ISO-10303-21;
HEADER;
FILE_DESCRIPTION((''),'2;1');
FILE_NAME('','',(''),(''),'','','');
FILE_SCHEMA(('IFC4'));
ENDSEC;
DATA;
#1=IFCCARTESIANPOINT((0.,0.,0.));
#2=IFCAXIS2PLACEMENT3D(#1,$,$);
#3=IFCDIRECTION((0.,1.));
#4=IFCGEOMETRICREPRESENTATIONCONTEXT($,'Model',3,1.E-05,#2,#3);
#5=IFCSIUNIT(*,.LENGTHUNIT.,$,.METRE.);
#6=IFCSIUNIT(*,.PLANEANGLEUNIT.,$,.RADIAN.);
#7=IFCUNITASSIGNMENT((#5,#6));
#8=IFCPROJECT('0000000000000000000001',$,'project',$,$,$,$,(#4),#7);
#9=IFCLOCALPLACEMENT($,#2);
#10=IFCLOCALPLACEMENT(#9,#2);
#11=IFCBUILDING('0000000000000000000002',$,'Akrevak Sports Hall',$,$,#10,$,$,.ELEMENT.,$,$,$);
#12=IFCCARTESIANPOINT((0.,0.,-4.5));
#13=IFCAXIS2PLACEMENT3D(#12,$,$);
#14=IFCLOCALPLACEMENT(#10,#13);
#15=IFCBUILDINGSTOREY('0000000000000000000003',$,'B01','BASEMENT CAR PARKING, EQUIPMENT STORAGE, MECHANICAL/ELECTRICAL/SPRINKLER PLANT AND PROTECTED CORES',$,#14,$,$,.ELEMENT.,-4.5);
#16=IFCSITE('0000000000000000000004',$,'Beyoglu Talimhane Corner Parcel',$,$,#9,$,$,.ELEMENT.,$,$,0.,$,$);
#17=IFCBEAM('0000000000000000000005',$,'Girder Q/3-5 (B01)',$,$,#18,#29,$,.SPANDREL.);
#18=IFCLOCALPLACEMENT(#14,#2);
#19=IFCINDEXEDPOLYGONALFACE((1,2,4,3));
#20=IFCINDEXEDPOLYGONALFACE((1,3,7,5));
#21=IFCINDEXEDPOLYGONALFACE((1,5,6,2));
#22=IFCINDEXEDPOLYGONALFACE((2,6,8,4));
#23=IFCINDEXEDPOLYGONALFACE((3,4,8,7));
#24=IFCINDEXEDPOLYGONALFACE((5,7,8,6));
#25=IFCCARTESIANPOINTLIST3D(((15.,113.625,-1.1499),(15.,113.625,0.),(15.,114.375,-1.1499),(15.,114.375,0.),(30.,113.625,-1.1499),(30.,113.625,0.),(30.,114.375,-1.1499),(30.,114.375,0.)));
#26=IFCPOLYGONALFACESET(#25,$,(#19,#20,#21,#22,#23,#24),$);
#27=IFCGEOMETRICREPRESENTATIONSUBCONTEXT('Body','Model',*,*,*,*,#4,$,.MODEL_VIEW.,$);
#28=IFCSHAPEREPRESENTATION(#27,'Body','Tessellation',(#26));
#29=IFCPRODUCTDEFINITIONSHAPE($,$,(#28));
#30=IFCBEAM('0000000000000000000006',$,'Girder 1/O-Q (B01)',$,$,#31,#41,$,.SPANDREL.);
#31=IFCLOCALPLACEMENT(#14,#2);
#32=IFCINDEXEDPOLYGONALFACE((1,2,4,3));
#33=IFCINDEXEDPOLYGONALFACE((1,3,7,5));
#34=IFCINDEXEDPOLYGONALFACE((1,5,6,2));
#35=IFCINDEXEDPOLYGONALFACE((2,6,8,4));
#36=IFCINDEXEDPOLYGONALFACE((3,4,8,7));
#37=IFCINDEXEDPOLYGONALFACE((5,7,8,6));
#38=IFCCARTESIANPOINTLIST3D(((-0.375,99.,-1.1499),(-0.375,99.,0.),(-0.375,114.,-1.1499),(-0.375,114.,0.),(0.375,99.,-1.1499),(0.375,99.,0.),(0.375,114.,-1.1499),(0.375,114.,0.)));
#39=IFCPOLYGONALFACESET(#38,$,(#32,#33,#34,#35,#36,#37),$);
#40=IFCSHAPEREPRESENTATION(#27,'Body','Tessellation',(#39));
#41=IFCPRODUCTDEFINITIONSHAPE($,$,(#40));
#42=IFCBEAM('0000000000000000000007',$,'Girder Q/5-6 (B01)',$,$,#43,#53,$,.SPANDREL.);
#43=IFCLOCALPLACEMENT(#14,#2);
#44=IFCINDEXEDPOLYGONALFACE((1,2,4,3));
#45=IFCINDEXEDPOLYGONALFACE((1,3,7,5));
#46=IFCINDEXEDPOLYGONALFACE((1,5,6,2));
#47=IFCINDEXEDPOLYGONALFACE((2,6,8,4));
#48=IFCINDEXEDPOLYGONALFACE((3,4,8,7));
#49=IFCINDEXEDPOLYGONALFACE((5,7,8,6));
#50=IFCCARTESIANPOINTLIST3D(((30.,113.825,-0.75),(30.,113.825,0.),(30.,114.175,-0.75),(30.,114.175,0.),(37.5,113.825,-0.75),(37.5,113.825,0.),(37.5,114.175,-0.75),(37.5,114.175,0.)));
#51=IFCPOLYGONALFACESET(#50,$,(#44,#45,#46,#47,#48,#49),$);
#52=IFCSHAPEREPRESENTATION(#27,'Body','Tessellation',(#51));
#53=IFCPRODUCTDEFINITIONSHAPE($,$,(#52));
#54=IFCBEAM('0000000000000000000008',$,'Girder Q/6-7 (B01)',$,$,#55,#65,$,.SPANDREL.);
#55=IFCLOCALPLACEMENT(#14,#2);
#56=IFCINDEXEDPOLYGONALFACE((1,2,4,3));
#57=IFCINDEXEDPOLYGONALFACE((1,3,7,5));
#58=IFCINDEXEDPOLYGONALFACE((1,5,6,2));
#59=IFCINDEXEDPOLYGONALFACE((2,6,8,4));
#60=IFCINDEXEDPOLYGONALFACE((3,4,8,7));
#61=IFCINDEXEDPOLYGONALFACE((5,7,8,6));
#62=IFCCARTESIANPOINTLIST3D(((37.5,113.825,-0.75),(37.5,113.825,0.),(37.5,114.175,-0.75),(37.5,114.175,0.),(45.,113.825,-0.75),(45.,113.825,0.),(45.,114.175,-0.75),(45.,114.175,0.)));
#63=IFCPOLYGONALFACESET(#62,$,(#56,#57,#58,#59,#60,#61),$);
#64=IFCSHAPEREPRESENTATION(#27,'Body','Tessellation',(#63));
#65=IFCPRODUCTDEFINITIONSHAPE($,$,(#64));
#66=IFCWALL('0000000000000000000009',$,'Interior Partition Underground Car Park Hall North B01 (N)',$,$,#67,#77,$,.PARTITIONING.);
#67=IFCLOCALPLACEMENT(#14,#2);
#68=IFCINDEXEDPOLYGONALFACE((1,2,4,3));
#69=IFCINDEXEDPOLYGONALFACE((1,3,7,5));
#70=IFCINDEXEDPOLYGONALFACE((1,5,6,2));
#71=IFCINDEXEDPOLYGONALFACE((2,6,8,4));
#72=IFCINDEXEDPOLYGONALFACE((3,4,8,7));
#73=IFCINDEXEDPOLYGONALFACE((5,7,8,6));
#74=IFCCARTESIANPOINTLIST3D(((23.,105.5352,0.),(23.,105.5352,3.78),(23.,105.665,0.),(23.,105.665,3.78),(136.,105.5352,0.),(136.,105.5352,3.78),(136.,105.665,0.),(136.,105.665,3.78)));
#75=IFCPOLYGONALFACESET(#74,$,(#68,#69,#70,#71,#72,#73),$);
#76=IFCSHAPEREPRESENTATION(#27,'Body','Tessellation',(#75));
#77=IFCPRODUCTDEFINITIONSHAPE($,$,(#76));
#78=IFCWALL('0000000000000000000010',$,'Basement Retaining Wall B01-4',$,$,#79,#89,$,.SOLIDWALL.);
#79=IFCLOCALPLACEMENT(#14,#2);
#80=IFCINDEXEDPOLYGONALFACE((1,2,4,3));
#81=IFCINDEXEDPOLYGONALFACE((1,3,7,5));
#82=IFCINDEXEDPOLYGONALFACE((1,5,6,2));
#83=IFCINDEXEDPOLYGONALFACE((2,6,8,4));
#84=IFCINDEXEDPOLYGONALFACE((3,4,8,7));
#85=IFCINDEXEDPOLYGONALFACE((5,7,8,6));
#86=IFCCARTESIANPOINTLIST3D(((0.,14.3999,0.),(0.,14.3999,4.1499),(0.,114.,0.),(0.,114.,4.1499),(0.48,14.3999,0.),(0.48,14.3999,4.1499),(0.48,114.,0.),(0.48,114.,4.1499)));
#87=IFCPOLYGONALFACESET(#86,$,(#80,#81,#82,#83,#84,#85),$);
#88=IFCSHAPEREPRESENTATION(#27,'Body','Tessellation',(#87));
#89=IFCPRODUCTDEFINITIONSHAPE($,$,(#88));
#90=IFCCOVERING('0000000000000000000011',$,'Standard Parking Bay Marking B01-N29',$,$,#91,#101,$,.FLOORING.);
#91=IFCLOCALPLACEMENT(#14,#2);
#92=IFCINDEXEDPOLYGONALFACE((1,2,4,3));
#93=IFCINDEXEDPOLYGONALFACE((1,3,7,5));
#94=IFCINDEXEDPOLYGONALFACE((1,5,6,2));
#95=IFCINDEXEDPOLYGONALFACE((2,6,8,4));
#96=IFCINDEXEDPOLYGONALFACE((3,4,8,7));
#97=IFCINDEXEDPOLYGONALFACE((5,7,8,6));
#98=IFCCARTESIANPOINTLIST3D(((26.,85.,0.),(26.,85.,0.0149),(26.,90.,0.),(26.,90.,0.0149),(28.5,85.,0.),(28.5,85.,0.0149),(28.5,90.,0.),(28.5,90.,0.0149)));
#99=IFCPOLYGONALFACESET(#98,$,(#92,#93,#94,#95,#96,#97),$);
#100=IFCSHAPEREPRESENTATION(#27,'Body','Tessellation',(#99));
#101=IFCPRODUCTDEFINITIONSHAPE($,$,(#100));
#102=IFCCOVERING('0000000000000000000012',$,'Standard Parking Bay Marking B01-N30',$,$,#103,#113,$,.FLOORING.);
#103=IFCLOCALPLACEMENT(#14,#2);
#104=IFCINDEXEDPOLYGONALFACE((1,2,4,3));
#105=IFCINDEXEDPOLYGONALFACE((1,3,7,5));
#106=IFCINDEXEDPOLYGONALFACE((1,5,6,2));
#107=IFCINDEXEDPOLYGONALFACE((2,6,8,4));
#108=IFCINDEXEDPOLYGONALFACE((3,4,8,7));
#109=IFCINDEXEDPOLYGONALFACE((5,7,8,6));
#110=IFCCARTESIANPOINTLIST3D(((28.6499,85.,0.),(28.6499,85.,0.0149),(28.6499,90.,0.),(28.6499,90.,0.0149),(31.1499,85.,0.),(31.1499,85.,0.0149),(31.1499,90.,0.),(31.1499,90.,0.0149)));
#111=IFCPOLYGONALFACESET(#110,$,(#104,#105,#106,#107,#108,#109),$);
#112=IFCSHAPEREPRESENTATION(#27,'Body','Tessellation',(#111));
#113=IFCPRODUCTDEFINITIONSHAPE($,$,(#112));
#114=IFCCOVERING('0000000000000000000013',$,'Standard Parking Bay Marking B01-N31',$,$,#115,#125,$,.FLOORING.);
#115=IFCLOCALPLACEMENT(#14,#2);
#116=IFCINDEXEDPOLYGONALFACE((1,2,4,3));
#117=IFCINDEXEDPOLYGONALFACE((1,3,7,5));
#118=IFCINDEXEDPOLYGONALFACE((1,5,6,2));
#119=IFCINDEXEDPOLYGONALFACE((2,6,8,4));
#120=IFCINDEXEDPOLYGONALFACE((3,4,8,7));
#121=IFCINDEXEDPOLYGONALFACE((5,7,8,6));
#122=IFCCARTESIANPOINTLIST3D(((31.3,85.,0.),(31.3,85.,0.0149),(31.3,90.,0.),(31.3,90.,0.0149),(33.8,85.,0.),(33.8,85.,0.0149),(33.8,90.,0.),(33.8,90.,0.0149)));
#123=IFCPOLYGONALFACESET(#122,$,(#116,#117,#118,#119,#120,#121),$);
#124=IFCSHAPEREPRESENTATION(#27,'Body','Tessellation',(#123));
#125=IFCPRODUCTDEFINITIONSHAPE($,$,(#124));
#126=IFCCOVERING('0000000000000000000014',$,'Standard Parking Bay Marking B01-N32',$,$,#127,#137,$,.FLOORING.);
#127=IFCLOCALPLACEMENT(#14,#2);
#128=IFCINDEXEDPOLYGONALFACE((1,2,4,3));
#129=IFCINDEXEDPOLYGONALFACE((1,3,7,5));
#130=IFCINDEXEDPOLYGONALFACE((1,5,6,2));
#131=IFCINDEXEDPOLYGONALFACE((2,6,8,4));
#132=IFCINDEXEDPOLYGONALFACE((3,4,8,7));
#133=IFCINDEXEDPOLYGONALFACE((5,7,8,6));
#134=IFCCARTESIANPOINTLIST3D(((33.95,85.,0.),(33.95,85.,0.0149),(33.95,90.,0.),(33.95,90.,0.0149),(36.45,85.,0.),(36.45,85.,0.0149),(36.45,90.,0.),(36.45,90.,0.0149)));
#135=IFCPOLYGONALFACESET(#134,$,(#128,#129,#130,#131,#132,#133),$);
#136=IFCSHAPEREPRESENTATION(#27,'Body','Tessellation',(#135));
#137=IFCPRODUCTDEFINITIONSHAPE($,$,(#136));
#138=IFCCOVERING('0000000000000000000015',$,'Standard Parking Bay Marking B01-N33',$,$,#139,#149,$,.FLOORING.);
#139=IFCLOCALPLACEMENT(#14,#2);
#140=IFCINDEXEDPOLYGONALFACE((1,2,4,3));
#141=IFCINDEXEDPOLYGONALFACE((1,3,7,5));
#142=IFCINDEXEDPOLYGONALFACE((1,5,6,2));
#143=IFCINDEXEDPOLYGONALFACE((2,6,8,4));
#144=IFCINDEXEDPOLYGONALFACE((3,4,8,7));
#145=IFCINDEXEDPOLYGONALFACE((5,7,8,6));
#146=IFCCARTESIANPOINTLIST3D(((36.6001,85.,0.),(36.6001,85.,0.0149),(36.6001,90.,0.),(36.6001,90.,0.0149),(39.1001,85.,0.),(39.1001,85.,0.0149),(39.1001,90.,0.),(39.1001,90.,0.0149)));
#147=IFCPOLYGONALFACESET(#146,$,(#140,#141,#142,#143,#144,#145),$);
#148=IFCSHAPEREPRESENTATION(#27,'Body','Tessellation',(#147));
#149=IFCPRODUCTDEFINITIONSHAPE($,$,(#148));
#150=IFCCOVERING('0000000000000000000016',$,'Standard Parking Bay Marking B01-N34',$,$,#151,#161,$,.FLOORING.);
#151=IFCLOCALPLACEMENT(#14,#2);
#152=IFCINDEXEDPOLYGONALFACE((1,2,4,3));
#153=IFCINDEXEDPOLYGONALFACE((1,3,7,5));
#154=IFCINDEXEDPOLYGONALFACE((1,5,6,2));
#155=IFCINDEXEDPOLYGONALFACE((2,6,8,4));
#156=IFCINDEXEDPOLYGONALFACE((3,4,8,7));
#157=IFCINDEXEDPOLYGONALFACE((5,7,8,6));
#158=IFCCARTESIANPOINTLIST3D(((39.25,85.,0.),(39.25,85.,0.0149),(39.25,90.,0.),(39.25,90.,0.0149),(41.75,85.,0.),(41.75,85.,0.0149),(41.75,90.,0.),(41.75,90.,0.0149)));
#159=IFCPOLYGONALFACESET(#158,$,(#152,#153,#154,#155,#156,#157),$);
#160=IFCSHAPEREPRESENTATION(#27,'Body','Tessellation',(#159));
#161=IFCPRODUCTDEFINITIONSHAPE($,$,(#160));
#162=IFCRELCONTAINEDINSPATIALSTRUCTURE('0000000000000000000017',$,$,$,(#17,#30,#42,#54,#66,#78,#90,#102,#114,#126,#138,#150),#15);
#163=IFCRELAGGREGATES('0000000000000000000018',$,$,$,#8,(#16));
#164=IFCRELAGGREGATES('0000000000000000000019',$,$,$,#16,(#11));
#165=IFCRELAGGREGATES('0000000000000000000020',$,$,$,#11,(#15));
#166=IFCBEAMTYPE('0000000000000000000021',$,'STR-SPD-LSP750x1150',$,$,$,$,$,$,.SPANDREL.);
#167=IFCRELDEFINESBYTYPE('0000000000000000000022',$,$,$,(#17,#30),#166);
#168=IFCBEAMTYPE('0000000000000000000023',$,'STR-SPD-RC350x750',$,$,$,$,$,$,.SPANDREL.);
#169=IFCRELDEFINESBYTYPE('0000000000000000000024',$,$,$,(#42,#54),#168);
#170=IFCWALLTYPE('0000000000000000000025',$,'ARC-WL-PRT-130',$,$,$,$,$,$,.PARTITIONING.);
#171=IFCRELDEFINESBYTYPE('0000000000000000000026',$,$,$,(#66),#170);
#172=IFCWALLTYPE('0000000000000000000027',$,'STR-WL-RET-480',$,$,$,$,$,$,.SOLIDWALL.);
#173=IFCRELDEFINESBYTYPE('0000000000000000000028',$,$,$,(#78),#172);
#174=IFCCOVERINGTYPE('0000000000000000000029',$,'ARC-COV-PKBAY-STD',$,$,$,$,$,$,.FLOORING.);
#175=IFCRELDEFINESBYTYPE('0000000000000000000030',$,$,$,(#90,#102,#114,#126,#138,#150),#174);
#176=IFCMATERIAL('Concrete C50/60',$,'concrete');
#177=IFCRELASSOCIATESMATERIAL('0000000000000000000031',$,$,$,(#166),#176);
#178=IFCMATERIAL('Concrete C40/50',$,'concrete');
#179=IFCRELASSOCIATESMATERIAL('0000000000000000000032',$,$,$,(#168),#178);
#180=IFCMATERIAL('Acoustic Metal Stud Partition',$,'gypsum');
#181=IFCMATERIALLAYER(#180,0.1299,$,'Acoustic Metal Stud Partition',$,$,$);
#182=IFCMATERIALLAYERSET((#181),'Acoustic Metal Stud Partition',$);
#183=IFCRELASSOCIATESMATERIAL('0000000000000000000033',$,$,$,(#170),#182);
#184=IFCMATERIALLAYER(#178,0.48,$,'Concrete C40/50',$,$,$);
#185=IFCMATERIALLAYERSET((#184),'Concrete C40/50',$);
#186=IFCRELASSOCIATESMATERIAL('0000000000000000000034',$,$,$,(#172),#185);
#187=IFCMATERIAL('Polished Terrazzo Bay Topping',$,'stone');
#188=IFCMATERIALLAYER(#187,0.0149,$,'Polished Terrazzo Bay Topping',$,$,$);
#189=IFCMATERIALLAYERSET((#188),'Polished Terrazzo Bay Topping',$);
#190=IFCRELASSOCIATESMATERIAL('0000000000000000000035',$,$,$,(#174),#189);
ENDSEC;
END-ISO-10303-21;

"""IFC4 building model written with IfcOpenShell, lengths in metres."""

from ifc_helpers import new_model, si_unit, direction, frame, frame_2d, origin, origin_2d, place, context, subcontext, project, spatial, rectangle, extrude, material, layer, layer_set, material_profile, profile_set, type_object, element, save


model = new_model("IFC4")

# Units and contexts
model_context = context("Model", 3, precision=1e-05, world=origin(), true_north=direction((0.0, 1.0)))
body_context = subcontext(model_context, "Body", "Model", "MODEL_VIEW")
ifc_project = project(units=[si_unit("LENGTHUNIT", "METRE"), si_unit("PLANEANGLEUNIT", "RADIAN")], contexts=[model_context])

# Site, building, storey
site_placement = place(None, origin())
site = spatial("IfcSite", under=ifc_project, at=site_placement, Name="Beyoglu Talimhane Corner Parcel", CompositionType="ELEMENT", RefElevation=0.0)
building_placement = place(site_placement, origin())
building = spatial("IfcBuilding", under=site, at=building_placement, Name="Akrevak Sports Hall", CompositionType="ELEMENT")
storey_placement = place(building_placement, frame((0.0, 0.0, -4.5)))
storey = spatial("IfcBuildingStorey", under=building, at=storey_placement, Name="B01", Description="BASEMENT CAR PARKING, EQUIPMENT STORAGE, MECHANICAL/ELECTRICAL/SPRINKLER PLANT AND PROTECTED CORES", CompositionType="ELEMENT", Elevation=-4.5)

# Shared definitions
ifc_material_1 = material(Name="Concrete C40/50", Category="concrete")
ifc_material_2 = material(Name="Concrete C50/60", Category="concrete")

# Beams
ifc_material_profile_1 = material_profile(ifc_material_2, rectangle(XDim=0.75, YDim=1.1499, at=origin_2d()), Name="SPD 750x1150", Category="concrete")
ifc_profile_set_1 = profile_set([ifc_material_profile_1], Name="Concrete C50/60")
beam_type_1 = type_object("IfcBeamType", Name="STR-SPD-LSP750x1150", PredefinedType="SPANDREL", material=ifc_profile_set_1)
for number, where, z_axis, x_axis, name in (
    (1, (15.0, 114.0, -0.575), (1.0, 0.0, 0.0), (0.0, 1.0, 0.0), "Girder Q/3-5 (B01)"),
    (2, (0.0, 99.0, -0.575), (0.0, 1.0, 0.0), (-1.0, 0.0, 0.0), "Girder 1/O-Q (B01)"),
):
    element("IfcBeam", number, at=place(storey_placement, frame(where, z_axis=z_axis, x_axis=x_axis)), inside=storey, type_object=beam_type_1, Name=name, PredefinedType="SPANDREL", context=body_context, shape_type="SweptSolid", body=[
        extrude(rectangle(XDim=0.75, YDim=1.1499, at=origin_2d()), origin(), (0.0, 0.0, 1.0), 15.0),
    ])
ifc_material_profile_2 = material_profile(ifc_material_1, rectangle(XDim=0.3501, YDim=0.75, at=origin_2d()), Name="SPD 350x750", Category="concrete")
ifc_profile_set_2 = profile_set([ifc_material_profile_2], Name="Concrete C40/50")
beam_type_2 = type_object("IfcBeamType", Name="STR-SPD-RC350x750", PredefinedType="SPANDREL", material=ifc_profile_set_2)
for number, where, z_axis, x_axis, name in (
    (3, (30.0, 114.0, -0.375), (1.0, 0.0, 0.0), (0.0, 1.0, 0.0), "Girder Q/5-6 (B01)"),
    (4, (37.5, 114.0, -0.375), (1.0, 0.0, 0.0), (0.0, 1.0, 0.0), "Girder Q/6-7 (B01)"),
):
    element("IfcBeam", number, at=place(storey_placement, frame(where, z_axis=z_axis, x_axis=x_axis)), inside=storey, type_object=beam_type_2, Name=name, PredefinedType="SPANDREL", context=body_context, shape_type="SweptSolid", body=[
        extrude(rectangle(XDim=0.3501, YDim=0.75, at=origin_2d()), origin(), (0.0, 0.0, 1.0), 7.5),
    ])

# Walls
ifc_material_3 = material(Name="Acoustic Metal Stud Partition", Category="gypsum")
ifc_layer_1 = layer(ifc_material_3, 0.1299, Name="Acoustic Metal Stud Partition")
ifc_layer_set_1 = layer_set([ifc_layer_1], Name="Acoustic Metal Stud Partition")
wall_type_1 = type_object("IfcWallType", Name="ARC-WL-PRT-130", PredefinedType="PARTITIONING", material=ifc_layer_set_1)
wall_1_placement = place(storey_placement, frame((23.0, 105.6001, 0.0), z_axis=(0.0, 0.0, 1.0), x_axis=(1.0, 0.0, 0.0)))
element("IfcWall", 5, at=wall_1_placement, inside=storey, type_object=wall_type_1, Name="Interior Partition Underground Car Park Hall North B01 (N)", PredefinedType="PARTITIONING", context=body_context, shape_type="SweptSolid", body=[
    extrude(rectangle(XDim=113.0, YDim=0.1299, at=frame_2d((56.5, 0.0))), origin(), (0.0, 0.0, 1.0), 3.78),
])
ifc_layer_2 = layer(ifc_material_1, 0.48, Name="Concrete C40/50")
ifc_layer_set_2 = layer_set([ifc_layer_2], Name="Concrete C40/50")
wall_type_2 = type_object("IfcWallType", Name="STR-WL-RET-480", PredefinedType="SOLIDWALL", material=ifc_layer_set_2)
wall_2_placement = place(storey_placement, frame((0.24, 114.0, 0.0), z_axis=(0.0, 0.0, 1.0), x_axis=(0.0, -1.0, 0.0)))
element("IfcWall", 6, at=wall_2_placement, inside=storey, type_object=wall_type_2, Name="Basement Retaining Wall B01-4", PredefinedType="SOLIDWALL", context=body_context, shape_type="SweptSolid", body=[
    extrude(rectangle(XDim=99.6001, YDim=0.48, at=frame_2d((49.8, 0.0))), origin(), (0.0, 0.0, 1.0), 4.1499),
])

# Coverings
ifc_material_4 = material(Name="Polished Terrazzo Bay Topping", Category="stone")
ifc_layer_3 = layer(ifc_material_4, 0.0149, Name="Polished Terrazzo Bay Topping")
ifc_layer_set_3 = layer_set([ifc_layer_3], Name="Polished Terrazzo Bay Topping")
covering_type = type_object("IfcCoveringType", Name="ARC-COV-PKBAY-STD", PredefinedType="FLOORING", material=ifc_layer_set_3)
for number, where, z_axis, x_axis, name in (
    (7, (27.25, 87.5, 0.0), (0.0, 0.0, 1.0), (1.0, 0.0, 0.0), "Standard Parking Bay Marking B01-N29"),
    (8, (29.8999, 87.5, 0.0), (0.0, 0.0, 1.0), (1.0, 0.0, 0.0), "Standard Parking Bay Marking B01-N30"),
    (9, (32.55, 87.5, 0.0), (0.0, 0.0, 1.0), (1.0, 0.0, 0.0), "Standard Parking Bay Marking B01-N31"),
    (10, (35.2, 87.5, 0.0), (0.0, 0.0, 1.0), (1.0, 0.0, 0.0), "Standard Parking Bay Marking B01-N32"),
    (11, (37.8501, 87.5, 0.0), (0.0, 0.0, 1.0), (1.0, 0.0, 0.0), "Standard Parking Bay Marking B01-N33"),
    (12, (40.5, 87.5, 0.0), (0.0, 0.0, 1.0), (1.0, 0.0, 0.0), "Standard Parking Bay Marking B01-N34"),
):
    element("IfcCovering", number, at=place(storey_placement, frame(where, z_axis=z_axis, x_axis=x_axis)), inside=storey, type_object=covering_type, Name=name, PredefinedType="FLOORING", context=body_context, shape_type="SweptSolid", body=[
        extrude(rectangle(XDim=2.5, YDim=5.0, at=origin_2d()), origin(), (0.0, 0.0, 1.0), 0.0149),
    ])

save(model, "model.ifc")
